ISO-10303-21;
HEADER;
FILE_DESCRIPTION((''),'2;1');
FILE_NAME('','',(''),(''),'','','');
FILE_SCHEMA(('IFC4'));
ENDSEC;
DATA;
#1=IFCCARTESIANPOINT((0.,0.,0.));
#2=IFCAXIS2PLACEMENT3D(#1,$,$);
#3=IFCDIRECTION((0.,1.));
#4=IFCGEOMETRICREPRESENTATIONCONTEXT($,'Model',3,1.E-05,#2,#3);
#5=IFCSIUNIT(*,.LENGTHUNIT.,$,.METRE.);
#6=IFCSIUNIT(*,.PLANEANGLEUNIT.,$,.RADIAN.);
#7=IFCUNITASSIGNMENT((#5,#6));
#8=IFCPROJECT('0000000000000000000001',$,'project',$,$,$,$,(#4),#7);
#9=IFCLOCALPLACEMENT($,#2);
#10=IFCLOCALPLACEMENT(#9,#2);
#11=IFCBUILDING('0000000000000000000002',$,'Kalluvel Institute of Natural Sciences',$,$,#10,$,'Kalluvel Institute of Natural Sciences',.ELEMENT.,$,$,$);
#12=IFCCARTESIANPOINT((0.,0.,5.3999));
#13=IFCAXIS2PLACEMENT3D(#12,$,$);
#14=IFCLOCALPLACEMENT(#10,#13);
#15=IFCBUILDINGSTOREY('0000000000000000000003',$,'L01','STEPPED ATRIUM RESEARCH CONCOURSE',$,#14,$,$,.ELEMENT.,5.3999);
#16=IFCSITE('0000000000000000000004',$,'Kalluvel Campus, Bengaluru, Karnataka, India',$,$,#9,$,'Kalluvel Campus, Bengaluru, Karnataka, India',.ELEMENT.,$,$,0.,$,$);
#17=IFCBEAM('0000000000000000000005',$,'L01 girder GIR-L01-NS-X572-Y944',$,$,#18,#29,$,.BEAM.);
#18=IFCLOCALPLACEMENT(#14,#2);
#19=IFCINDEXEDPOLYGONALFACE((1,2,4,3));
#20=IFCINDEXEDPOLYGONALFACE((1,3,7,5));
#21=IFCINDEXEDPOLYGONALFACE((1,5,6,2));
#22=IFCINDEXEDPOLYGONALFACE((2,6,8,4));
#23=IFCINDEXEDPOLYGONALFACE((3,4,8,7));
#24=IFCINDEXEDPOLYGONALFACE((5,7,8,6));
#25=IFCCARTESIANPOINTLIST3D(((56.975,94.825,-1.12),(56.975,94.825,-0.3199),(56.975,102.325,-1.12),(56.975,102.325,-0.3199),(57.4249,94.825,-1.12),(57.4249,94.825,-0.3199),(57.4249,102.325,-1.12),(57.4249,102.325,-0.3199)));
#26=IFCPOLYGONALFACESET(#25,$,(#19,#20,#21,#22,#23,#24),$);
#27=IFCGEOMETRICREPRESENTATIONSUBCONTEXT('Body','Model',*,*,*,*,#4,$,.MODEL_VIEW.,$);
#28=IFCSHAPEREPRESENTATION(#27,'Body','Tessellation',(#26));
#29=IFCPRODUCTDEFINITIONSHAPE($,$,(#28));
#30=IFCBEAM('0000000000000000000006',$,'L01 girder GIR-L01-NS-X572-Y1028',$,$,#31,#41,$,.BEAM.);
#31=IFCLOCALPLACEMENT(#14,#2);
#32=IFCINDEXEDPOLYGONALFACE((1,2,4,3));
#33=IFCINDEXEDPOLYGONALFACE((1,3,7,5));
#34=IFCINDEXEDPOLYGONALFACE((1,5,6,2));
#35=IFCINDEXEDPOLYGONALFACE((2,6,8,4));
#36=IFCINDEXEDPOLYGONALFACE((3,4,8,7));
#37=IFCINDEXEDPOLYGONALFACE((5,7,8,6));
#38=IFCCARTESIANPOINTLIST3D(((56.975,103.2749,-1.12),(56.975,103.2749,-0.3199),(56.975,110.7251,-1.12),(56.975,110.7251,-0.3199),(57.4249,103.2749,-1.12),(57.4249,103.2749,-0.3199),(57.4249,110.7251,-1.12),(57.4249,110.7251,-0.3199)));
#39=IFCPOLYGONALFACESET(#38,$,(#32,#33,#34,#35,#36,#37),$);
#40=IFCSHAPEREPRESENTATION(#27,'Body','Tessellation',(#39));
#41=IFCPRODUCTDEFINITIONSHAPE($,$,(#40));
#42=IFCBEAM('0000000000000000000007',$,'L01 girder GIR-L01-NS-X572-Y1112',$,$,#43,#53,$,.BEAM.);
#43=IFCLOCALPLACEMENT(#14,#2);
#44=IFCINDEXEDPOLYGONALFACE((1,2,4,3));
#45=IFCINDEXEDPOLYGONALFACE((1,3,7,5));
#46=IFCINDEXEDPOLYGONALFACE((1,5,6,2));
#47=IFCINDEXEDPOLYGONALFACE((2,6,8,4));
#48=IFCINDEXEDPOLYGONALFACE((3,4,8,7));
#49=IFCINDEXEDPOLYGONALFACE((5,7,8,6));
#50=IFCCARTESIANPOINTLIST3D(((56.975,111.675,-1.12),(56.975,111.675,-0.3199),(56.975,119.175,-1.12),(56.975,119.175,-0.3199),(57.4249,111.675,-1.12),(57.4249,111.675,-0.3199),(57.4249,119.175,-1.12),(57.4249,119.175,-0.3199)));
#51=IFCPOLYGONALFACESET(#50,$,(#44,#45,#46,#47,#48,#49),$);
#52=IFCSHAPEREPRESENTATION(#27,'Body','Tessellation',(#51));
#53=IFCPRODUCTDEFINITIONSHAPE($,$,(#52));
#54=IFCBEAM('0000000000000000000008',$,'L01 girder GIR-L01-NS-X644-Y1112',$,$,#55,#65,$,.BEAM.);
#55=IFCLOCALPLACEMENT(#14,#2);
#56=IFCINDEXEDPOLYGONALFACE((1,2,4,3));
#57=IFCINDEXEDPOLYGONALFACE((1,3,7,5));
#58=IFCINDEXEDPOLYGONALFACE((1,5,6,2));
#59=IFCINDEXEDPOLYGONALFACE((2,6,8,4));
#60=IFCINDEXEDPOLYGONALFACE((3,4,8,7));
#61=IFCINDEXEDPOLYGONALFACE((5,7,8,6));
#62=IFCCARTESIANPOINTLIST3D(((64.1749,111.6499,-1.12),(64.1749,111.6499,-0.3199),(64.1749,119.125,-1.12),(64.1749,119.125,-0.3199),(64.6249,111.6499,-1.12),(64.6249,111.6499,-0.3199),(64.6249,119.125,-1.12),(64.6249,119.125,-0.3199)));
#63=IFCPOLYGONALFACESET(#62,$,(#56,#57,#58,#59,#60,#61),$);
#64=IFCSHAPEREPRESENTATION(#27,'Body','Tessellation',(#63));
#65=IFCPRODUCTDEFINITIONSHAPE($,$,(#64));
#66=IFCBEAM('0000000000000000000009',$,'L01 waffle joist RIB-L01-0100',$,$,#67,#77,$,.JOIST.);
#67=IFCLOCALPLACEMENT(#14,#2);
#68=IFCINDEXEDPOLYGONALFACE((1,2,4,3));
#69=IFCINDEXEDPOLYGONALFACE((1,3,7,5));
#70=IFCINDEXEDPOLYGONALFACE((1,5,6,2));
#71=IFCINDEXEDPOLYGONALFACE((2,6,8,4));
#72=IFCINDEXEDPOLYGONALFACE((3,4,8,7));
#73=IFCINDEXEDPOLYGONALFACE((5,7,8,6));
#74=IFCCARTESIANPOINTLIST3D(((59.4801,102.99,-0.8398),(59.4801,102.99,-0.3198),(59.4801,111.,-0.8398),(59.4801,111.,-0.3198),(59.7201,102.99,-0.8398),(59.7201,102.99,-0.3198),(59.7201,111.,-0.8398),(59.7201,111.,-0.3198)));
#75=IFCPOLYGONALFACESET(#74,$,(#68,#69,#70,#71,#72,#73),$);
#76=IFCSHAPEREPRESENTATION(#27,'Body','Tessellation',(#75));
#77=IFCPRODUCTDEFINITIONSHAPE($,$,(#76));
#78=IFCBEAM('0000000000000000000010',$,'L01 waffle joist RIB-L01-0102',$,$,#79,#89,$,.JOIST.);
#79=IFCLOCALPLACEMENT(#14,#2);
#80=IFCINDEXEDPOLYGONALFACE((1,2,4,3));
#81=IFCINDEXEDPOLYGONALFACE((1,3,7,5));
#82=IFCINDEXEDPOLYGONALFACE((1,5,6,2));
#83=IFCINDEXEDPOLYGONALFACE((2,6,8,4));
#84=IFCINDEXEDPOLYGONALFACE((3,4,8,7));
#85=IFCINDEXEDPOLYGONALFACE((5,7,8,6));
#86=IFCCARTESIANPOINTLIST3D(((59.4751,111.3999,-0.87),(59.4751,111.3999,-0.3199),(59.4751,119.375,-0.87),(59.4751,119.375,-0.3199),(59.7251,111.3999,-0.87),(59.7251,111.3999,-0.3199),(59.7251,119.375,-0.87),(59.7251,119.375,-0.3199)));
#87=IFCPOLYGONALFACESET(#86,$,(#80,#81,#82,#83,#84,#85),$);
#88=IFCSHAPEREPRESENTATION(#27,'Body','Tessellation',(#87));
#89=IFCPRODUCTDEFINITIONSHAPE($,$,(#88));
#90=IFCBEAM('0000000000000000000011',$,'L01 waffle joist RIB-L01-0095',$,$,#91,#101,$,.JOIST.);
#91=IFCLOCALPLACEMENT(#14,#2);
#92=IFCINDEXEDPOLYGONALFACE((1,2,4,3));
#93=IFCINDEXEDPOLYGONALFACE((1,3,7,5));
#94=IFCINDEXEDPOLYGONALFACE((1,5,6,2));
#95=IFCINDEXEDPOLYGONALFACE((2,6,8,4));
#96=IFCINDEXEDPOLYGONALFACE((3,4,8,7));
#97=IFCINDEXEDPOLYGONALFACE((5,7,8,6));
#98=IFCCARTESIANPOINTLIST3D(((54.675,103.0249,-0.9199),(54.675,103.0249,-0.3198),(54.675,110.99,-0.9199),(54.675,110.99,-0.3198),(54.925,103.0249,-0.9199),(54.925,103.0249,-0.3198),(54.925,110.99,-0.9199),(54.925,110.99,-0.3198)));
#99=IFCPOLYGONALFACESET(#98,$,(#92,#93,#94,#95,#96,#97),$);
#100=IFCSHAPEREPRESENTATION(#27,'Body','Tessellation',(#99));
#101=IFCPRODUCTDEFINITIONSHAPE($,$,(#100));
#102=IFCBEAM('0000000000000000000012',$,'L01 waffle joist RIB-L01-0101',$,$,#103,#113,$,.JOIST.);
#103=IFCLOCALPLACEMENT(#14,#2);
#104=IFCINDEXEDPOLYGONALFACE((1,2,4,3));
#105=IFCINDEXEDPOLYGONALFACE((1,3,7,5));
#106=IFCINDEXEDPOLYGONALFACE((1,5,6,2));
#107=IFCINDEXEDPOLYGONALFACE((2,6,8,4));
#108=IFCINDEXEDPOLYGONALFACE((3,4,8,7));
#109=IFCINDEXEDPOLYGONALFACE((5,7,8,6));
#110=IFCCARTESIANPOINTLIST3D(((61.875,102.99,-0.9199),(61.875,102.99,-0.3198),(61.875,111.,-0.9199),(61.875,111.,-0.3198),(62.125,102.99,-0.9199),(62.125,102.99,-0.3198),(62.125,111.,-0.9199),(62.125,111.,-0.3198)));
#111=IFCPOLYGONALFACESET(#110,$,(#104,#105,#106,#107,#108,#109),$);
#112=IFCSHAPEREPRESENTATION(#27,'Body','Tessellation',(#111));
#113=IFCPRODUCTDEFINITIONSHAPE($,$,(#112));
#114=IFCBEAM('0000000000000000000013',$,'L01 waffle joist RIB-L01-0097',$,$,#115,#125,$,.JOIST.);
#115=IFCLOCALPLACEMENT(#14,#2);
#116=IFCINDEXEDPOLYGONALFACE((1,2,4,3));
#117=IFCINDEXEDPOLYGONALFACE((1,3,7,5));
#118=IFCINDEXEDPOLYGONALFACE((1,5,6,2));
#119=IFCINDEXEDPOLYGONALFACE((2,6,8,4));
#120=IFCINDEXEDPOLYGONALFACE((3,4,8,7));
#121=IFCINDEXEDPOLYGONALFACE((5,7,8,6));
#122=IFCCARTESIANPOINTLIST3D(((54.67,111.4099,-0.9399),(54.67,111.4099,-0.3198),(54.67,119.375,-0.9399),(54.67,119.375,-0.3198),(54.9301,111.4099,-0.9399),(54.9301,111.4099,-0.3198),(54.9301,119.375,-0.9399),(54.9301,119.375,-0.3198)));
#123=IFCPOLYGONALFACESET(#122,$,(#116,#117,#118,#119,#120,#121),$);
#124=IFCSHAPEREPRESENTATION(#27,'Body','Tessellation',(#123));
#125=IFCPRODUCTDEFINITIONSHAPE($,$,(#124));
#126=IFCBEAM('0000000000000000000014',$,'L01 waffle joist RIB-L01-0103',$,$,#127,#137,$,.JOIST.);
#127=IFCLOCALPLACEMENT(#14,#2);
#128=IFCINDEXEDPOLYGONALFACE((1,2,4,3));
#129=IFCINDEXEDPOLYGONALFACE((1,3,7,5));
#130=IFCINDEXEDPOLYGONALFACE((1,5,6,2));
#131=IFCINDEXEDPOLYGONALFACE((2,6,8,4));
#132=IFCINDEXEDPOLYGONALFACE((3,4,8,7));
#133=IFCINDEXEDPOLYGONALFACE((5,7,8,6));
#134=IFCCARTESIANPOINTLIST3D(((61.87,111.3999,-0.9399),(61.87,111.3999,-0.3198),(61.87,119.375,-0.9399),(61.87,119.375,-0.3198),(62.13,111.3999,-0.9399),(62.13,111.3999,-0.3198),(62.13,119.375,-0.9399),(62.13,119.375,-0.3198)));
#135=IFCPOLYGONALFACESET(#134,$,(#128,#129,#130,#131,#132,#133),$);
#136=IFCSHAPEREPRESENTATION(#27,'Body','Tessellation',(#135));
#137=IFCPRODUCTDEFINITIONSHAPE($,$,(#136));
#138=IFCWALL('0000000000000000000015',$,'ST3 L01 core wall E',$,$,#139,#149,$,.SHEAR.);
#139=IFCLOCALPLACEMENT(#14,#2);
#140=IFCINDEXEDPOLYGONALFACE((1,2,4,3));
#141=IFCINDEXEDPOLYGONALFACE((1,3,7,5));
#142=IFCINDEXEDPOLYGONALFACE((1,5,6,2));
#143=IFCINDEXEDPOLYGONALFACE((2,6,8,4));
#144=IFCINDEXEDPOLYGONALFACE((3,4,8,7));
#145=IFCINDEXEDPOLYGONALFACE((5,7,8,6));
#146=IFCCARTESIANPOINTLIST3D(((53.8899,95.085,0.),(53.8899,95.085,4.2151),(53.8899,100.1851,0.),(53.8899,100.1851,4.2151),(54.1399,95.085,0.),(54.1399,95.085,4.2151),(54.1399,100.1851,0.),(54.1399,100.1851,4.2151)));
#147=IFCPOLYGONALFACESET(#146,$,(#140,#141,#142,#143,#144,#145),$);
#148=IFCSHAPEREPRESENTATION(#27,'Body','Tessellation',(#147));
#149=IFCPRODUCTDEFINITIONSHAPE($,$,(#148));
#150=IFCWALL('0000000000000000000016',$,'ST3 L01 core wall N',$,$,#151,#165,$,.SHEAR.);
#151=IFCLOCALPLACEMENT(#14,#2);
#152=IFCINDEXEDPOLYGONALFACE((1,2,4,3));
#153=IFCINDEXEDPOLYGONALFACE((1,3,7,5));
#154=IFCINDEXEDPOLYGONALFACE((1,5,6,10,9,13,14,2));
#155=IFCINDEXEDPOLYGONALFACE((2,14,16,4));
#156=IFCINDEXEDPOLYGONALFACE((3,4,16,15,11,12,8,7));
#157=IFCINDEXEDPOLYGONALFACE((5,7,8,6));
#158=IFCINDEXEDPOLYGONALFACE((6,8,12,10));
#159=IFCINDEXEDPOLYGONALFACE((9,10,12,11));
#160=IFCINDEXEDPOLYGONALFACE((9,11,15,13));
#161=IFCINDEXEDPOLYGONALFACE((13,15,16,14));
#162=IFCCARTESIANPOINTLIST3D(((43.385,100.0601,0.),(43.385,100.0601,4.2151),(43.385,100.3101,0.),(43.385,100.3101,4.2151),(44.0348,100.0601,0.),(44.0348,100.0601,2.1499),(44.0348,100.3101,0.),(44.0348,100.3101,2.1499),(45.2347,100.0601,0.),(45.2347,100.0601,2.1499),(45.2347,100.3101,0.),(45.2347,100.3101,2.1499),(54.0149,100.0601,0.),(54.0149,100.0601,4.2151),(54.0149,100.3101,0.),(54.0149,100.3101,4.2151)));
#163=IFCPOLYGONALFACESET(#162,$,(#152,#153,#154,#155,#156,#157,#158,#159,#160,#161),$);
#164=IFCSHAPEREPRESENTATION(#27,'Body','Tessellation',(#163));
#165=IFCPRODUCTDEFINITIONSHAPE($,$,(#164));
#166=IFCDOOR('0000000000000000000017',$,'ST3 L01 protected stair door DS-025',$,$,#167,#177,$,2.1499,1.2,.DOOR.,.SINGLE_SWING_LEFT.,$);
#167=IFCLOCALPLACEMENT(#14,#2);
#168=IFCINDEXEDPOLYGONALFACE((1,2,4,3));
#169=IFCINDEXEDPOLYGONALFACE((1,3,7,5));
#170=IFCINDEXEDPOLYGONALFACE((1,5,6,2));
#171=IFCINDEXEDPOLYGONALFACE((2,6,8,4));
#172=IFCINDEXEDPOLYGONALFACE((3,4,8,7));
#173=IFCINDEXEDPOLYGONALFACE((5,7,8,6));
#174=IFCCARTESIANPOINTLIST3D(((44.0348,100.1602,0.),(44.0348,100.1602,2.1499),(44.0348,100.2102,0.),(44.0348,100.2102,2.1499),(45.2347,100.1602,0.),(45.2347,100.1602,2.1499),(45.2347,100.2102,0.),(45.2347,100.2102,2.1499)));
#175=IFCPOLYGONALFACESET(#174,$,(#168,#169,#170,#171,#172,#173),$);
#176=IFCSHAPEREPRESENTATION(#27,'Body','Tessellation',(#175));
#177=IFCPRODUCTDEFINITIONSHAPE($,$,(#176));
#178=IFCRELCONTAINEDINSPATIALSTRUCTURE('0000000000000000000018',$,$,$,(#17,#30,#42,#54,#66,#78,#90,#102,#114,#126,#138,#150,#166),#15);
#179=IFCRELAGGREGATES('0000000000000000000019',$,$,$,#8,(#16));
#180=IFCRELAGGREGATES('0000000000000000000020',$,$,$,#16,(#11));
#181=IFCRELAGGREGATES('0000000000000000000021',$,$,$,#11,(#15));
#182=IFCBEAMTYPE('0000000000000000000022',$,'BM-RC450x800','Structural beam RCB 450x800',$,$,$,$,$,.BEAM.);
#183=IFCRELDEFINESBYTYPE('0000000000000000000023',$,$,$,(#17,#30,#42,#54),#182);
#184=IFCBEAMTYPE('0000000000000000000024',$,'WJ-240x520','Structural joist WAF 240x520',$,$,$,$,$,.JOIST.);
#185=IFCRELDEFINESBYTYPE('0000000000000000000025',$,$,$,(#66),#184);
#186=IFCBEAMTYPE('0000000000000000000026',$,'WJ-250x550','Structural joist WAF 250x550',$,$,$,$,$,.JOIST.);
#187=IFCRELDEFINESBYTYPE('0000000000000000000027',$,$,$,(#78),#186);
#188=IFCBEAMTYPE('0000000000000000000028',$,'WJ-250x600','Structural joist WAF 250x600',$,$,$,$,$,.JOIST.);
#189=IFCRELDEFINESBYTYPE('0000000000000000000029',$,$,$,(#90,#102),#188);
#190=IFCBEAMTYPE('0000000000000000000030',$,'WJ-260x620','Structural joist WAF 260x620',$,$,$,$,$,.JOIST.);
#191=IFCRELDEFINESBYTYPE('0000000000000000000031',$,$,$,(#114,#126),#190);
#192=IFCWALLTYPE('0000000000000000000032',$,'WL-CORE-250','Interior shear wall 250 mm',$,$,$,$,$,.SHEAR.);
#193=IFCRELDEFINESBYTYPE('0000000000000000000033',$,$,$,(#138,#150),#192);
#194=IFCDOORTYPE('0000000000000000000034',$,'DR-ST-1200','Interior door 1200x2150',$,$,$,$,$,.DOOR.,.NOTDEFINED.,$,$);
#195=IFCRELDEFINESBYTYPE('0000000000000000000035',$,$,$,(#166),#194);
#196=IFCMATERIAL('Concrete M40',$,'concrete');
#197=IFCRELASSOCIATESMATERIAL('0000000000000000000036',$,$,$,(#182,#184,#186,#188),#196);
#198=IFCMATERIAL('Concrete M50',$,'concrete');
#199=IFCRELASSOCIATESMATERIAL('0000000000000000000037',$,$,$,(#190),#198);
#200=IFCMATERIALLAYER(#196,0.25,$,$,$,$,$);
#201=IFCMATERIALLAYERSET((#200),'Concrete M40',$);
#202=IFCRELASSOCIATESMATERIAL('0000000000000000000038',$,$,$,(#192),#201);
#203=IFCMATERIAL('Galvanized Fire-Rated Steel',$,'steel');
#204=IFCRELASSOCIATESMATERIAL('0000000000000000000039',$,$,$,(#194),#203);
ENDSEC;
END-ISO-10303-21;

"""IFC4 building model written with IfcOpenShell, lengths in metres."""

from ifc_helpers import new_model, si_unit, direction, frame, frame_2d, origin, origin_2d, place, context, subcontext, project, spatial, rectangle, extrude, material, layer, layer_set, material_profile, profile_set, type_object, element, fill, save


model = new_model("IFC4")

# Units and contexts
model_context = context("Model", 3, precision=1e-05, world=origin(), true_north=direction((0.0, 1.0)))
body_context = subcontext(model_context, "Body", "Model", "MODEL_VIEW")
ifc_project = project(units=[si_unit("LENGTHUNIT", "METRE"), si_unit("PLANEANGLEUNIT", "RADIAN")], contexts=[model_context])

# Site, building, storey
site_placement = place(None, origin())
site = spatial("IfcSite", under=ifc_project, at=site_placement, Name="Kalluvel Campus, Bengaluru, Karnataka, India", LongName="Kalluvel Campus, Bengaluru, Karnataka, India", CompositionType="ELEMENT", RefElevation=0.0)
building_placement = place(site_placement, origin())
building = spatial("IfcBuilding", under=site, at=building_placement, Name="Kalluvel Institute of Natural Sciences", LongName="Kalluvel Institute of Natural Sciences", CompositionType="ELEMENT")
storey_placement = place(building_placement, frame((0.0, 0.0, 5.3999)))
storey = spatial("IfcBuildingStorey", under=building, at=storey_placement, Name="L01", Description="STEPPED ATRIUM RESEARCH CONCOURSE", CompositionType="ELEMENT", Elevation=5.3999)

# Shared definitions
ifc_material_1 = material(Name="Concrete M50", Category="concrete")

# Beams
ifc_material_2 = material(Name="Concrete M40", Category="concrete")
ifc_material_profile_1 = material_profile(ifc_material_2, rectangle(XDim=0.45, YDim=0.8, at=origin_2d()), Name="RCB 450x800")
ifc_profile_set_1 = profile_set([ifc_material_profile_1], Name="Concrete M40")
beam_type_1 = type_object("IfcBeamType", Name="BM-RC450x800", Description="Structural beam RCB 450x800", PredefinedType="BEAM", material=ifc_profile_set_1)
beam_1_placement = place(storey_placement, frame((57.2, 94.825, -0.72), z_axis=(0.0, 1.0, 0.0), x_axis=(-1.0, 0.0, 0.0)))
element("IfcBeam", 1, at=beam_1_placement, inside=storey, type_object=beam_type_1, Name="L01 girder GIR-L01-NS-X572-Y944", PredefinedType="BEAM", context=body_context, shape_type="SweptSolid", body=[
    extrude(rectangle(XDim=0.45, YDim=0.8, at=origin_2d()), origin(), (0.0, 0.0, 1.0), 7.5),
])
beam_2_placement = place(storey_placement, frame((57.2, 103.2749, -0.72), z_axis=(0.0, 1.0, 0.0), x_axis=(-1.0, 0.0, 0.0)))
element("IfcBeam", 2, at=beam_2_placement, inside=storey, type_object=beam_type_1, Name="L01 girder GIR-L01-NS-X572-Y1028", PredefinedType="BEAM", context=body_context, shape_type="SweptSolid", body=[
    extrude(rectangle(XDim=0.45, YDim=0.8, at=origin_2d()), origin(), (0.0, 0.0, 1.0), 7.4502),
])
beam_3_placement = place(storey_placement, frame((57.2, 111.675, -0.72), z_axis=(0.0, 1.0, 0.0), x_axis=(-1.0, 0.0, 0.0)))
element("IfcBeam", 3, at=beam_3_placement, inside=storey, type_object=beam_type_1, Name="L01 girder GIR-L01-NS-X572-Y1112", PredefinedType="BEAM", context=body_context, shape_type="SweptSolid", body=[
    extrude(rectangle(XDim=0.45, YDim=0.8, at=origin_2d()), origin(), (0.0, 0.0, 1.0), 7.5),
])
beam_4_placement = place(storey_placement, frame((64.3999, 111.6499, -0.72), z_axis=(0.0, 1.0, 0.0), x_axis=(-1.0, 0.0, 0.0)))
element("IfcBeam", 4, at=beam_4_placement, inside=storey, type_object=beam_type_1, Name="L01 girder GIR-L01-NS-X644-Y1112", PredefinedType="BEAM", context=body_context, shape_type="SweptSolid", body=[
    extrude(rectangle(XDim=0.45, YDim=0.8, at=origin_2d()), origin(), (0.0, 0.0, 1.0), 7.4751),
])
ifc_material_profile_2 = material_profile(ifc_material_2, rectangle(XDim=0.24, YDim=0.52, at=origin_2d()), Name="WAF 240x520")
ifc_profile_set_2 = profile_set([ifc_material_profile_2], Name="Concrete M40")
beam_type_2 = type_object("IfcBeamType", Name="WJ-240x520", Description="Structural joist WAF 240x520", PredefinedType="JOIST", material=ifc_profile_set_2)
beam_5_placement = place(storey_placement, frame((59.6001, 102.99, -0.5798), z_axis=(0.0, 1.0, 0.0), x_axis=(-1.0, 0.0, 0.0)))
element("IfcBeam", 5, at=beam_5_placement, inside=storey, type_object=beam_type_2, Name="L01 waffle joist RIB-L01-0100", PredefinedType="JOIST", context=body_context, shape_type="SweptSolid", body=[
    extrude(rectangle(XDim=0.24, YDim=0.52, at=origin_2d()), origin(), (0.0, 0.0, 1.0), 8.01),
])
ifc_material_profile_3 = material_profile(ifc_material_2, rectangle(XDim=0.25, YDim=0.55, at=origin_2d()), Name="WAF 250x550")
ifc_profile_set_3 = profile_set([ifc_material_profile_3], Name="Concrete M40")
beam_type_3 = type_object("IfcBeamType", Name="WJ-250x550", Description="Structural joist WAF 250x550", PredefinedType="JOIST", material=ifc_profile_set_3)
beam_6_placement = place(storey_placement, frame((59.6001, 111.3999, -0.595), z_axis=(0.0, 1.0, 0.0), x_axis=(-1.0, 0.0, 0.0)))
element("IfcBeam", 6, at=beam_6_placement, inside=storey, type_object=beam_type_3, Name="L01 waffle joist RIB-L01-0102", PredefinedType="JOIST", context=body_context, shape_type="SweptSolid", body=[
    extrude(rectangle(XDim=0.25, YDim=0.55, at=origin_2d()), origin(), (0.0, 0.0, 1.0), 7.9751),
])
ifc_material_profile_4 = material_profile(ifc_material_2, rectangle(XDim=0.25, YDim=0.6001, at=origin_2d()), Name="WAF 250x600")
ifc_profile_set_4 = profile_set([ifc_material_profile_4], Name="Concrete M40")
beam_type_4 = type_object("IfcBeamType", Name="WJ-250x600", Description="Structural joist WAF 250x600", PredefinedType="JOIST", material=ifc_profile_set_4)
beam_7_placement = place(storey_placement, frame((54.8, 103.0249, -0.6199), z_axis=(0.0, 1.0, 0.0), x_axis=(-1.0, 0.0, 0.0)))
element("IfcBeam", 7, at=beam_7_placement, inside=storey, type_object=beam_type_4, Name="L01 waffle joist RIB-L01-0095", PredefinedType="JOIST", context=body_context, shape_type="SweptSolid", body=[
    extrude(rectangle(XDim=0.25, YDim=0.6001, at=origin_2d()), origin(), (0.0, 0.0, 1.0), 7.9651),
])
beam_8_placement = place(storey_placement, frame((62.0, 102.99, -0.6199), z_axis=(0.0, 1.0, 0.0), x_axis=(-1.0, 0.0, 0.0)))
element("IfcBeam", 8, at=beam_8_placement, inside=storey, type_object=beam_type_4, Name="L01 waffle joist RIB-L01-0101", PredefinedType="JOIST", context=body_context, shape_type="SweptSolid", body=[
    extrude(rectangle(XDim=0.25, YDim=0.6001, at=origin_2d()), origin(), (0.0, 0.0, 1.0), 8.01),
])
ifc_material_profile_5 = material_profile(ifc_material_1, rectangle(XDim=0.26, YDim=0.6201, at=origin_2d()), Name="WAF 260x620")
ifc_profile_set_5 = profile_set([ifc_material_profile_5], Name="Concrete M50")
beam_type_5 = type_object("IfcBeamType", Name="WJ-260x620", Description="Structural joist WAF 260x620", PredefinedType="JOIST", material=ifc_profile_set_5)
beam_9_placement = place(storey_placement, frame((54.8, 111.4099, -0.6299), z_axis=(0.0, 1.0, 0.0), x_axis=(-1.0, 0.0, 0.0)))
element("IfcBeam", 9, at=beam_9_placement, inside=storey, type_object=beam_type_5, Name="L01 waffle joist RIB-L01-0097", PredefinedType="JOIST", context=body_context, shape_type="SweptSolid", body=[
    extrude(rectangle(XDim=0.26, YDim=0.6201, at=origin_2d()), origin(), (0.0, 0.0, 1.0), 7.9651),
])
beam_10_placement = place(storey_placement, frame((62.0, 111.3999, -0.6299), z_axis=(0.0, 1.0, 0.0), x_axis=(-1.0, 0.0, 0.0)))
element("IfcBeam", 10, at=beam_10_placement, inside=storey, type_object=beam_type_5, Name="L01 waffle joist RIB-L01-0103", PredefinedType="JOIST", context=body_context, shape_type="SweptSolid", body=[
    extrude(rectangle(XDim=0.26, YDim=0.6201, at=origin_2d()), origin(), (0.0, 0.0, 1.0), 7.9751),
])

# Wall
ifc_layer_1 = layer(ifc_material_2, 0.25)
ifc_layer_set_1 = layer_set([ifc_layer_1], Name="Concrete M40")
wall_type_1 = type_object("IfcWallType", Name="WL-CORE-250", Description="Interior shear wall 250 mm", PredefinedType="SHEAR", material=ifc_layer_set_1)
wall_1_placement = place(storey_placement, frame((54.0149, 95.085, 0.0), z_axis=(0.0, 0.0, 1.0), x_axis=(0.0, 1.0, 0.0)))
element("IfcWall", 11, at=wall_1_placement, inside=storey, type_object=wall_type_1, Name="ST3 L01 core wall E", PredefinedType="SHEAR", context=body_context, shape_type="SweptSolid", body=[
    extrude(rectangle(XDim=5.1001, YDim=0.25, at=frame_2d((2.55, 0.0))), origin(), (0.0, 0.0, 1.0), 4.2151),
])

# Wall, opening, door
wall_2_placement = place(storey_placement, frame((54.0149, 100.1851, 0.0), z_axis=(0.0, 0.0, 1.0), x_axis=(-1.0, 0.0, 0.0)))
wall_2 = element("IfcWall", 12, at=wall_2_placement, inside=storey, type_object=wall_type_1, Name="ST3 L01 core wall N", PredefinedType="SHEAR", context=body_context, shape_type="SweptSolid", body=[
    extrude(rectangle(XDim=10.6299, YDim=0.25, at=frame_2d((5.3149, 0.0))), origin(), (0.0, 0.0, 1.0), 4.2151),
])
opening_1_placement = place(wall_2_placement, frame((8.78, 0.0, 0.0)))
opening_1 = element("IfcOpeningElement", 13, at=opening_1_placement, cuts=wall_2, PredefinedType="OPENING", context=body_context, shape_type="SweptSolid", body=[
    extrude(rectangle(XDim=1.2, YDim=2.1499, at=frame_2d((0.6001, 1.075))), frame((0.0, 0.135, 0.0), z_axis=(0.0, -1.0, 0.0), x_axis=(1.0, 0.0, 0.0)), (0.0, 0.0, 1.0), 0.27),
])
ifc_material_3 = material(Name="Galvanized Fire-Rated Steel", Category="steel")
door_type_1 = type_object("IfcDoorType", Name="DR-ST-1200", Description="Interior door 1200x2150", OperationType="NOTDEFINED", PredefinedType="DOOR", material=ifc_material_3)
door_1_placement = place(opening_1_placement, origin())
door_1 = element("IfcDoor", 14, at=door_1_placement, inside=storey, type_object=door_type_1, Name="ST3 L01 protected stair door DS-025", OperationType="SINGLE_SWING_LEFT", OverallHeight=2.1499, OverallWidth=1.2, PredefinedType="DOOR", context=body_context, shape_type="SweptSolid", body=[
    extrude(rectangle(XDim=1.2, YDim=2.1499, at=frame_2d((0.6001, 1.075))), frame((0.0, 0.0249, 0.0), z_axis=(0.0, -1.0, 0.0), x_axis=(1.0, 0.0, 0.0)), (0.0, 0.0, 1.0), 0.05),
])
fill(opening_1, door_1)

save(model, "model.ifc")
